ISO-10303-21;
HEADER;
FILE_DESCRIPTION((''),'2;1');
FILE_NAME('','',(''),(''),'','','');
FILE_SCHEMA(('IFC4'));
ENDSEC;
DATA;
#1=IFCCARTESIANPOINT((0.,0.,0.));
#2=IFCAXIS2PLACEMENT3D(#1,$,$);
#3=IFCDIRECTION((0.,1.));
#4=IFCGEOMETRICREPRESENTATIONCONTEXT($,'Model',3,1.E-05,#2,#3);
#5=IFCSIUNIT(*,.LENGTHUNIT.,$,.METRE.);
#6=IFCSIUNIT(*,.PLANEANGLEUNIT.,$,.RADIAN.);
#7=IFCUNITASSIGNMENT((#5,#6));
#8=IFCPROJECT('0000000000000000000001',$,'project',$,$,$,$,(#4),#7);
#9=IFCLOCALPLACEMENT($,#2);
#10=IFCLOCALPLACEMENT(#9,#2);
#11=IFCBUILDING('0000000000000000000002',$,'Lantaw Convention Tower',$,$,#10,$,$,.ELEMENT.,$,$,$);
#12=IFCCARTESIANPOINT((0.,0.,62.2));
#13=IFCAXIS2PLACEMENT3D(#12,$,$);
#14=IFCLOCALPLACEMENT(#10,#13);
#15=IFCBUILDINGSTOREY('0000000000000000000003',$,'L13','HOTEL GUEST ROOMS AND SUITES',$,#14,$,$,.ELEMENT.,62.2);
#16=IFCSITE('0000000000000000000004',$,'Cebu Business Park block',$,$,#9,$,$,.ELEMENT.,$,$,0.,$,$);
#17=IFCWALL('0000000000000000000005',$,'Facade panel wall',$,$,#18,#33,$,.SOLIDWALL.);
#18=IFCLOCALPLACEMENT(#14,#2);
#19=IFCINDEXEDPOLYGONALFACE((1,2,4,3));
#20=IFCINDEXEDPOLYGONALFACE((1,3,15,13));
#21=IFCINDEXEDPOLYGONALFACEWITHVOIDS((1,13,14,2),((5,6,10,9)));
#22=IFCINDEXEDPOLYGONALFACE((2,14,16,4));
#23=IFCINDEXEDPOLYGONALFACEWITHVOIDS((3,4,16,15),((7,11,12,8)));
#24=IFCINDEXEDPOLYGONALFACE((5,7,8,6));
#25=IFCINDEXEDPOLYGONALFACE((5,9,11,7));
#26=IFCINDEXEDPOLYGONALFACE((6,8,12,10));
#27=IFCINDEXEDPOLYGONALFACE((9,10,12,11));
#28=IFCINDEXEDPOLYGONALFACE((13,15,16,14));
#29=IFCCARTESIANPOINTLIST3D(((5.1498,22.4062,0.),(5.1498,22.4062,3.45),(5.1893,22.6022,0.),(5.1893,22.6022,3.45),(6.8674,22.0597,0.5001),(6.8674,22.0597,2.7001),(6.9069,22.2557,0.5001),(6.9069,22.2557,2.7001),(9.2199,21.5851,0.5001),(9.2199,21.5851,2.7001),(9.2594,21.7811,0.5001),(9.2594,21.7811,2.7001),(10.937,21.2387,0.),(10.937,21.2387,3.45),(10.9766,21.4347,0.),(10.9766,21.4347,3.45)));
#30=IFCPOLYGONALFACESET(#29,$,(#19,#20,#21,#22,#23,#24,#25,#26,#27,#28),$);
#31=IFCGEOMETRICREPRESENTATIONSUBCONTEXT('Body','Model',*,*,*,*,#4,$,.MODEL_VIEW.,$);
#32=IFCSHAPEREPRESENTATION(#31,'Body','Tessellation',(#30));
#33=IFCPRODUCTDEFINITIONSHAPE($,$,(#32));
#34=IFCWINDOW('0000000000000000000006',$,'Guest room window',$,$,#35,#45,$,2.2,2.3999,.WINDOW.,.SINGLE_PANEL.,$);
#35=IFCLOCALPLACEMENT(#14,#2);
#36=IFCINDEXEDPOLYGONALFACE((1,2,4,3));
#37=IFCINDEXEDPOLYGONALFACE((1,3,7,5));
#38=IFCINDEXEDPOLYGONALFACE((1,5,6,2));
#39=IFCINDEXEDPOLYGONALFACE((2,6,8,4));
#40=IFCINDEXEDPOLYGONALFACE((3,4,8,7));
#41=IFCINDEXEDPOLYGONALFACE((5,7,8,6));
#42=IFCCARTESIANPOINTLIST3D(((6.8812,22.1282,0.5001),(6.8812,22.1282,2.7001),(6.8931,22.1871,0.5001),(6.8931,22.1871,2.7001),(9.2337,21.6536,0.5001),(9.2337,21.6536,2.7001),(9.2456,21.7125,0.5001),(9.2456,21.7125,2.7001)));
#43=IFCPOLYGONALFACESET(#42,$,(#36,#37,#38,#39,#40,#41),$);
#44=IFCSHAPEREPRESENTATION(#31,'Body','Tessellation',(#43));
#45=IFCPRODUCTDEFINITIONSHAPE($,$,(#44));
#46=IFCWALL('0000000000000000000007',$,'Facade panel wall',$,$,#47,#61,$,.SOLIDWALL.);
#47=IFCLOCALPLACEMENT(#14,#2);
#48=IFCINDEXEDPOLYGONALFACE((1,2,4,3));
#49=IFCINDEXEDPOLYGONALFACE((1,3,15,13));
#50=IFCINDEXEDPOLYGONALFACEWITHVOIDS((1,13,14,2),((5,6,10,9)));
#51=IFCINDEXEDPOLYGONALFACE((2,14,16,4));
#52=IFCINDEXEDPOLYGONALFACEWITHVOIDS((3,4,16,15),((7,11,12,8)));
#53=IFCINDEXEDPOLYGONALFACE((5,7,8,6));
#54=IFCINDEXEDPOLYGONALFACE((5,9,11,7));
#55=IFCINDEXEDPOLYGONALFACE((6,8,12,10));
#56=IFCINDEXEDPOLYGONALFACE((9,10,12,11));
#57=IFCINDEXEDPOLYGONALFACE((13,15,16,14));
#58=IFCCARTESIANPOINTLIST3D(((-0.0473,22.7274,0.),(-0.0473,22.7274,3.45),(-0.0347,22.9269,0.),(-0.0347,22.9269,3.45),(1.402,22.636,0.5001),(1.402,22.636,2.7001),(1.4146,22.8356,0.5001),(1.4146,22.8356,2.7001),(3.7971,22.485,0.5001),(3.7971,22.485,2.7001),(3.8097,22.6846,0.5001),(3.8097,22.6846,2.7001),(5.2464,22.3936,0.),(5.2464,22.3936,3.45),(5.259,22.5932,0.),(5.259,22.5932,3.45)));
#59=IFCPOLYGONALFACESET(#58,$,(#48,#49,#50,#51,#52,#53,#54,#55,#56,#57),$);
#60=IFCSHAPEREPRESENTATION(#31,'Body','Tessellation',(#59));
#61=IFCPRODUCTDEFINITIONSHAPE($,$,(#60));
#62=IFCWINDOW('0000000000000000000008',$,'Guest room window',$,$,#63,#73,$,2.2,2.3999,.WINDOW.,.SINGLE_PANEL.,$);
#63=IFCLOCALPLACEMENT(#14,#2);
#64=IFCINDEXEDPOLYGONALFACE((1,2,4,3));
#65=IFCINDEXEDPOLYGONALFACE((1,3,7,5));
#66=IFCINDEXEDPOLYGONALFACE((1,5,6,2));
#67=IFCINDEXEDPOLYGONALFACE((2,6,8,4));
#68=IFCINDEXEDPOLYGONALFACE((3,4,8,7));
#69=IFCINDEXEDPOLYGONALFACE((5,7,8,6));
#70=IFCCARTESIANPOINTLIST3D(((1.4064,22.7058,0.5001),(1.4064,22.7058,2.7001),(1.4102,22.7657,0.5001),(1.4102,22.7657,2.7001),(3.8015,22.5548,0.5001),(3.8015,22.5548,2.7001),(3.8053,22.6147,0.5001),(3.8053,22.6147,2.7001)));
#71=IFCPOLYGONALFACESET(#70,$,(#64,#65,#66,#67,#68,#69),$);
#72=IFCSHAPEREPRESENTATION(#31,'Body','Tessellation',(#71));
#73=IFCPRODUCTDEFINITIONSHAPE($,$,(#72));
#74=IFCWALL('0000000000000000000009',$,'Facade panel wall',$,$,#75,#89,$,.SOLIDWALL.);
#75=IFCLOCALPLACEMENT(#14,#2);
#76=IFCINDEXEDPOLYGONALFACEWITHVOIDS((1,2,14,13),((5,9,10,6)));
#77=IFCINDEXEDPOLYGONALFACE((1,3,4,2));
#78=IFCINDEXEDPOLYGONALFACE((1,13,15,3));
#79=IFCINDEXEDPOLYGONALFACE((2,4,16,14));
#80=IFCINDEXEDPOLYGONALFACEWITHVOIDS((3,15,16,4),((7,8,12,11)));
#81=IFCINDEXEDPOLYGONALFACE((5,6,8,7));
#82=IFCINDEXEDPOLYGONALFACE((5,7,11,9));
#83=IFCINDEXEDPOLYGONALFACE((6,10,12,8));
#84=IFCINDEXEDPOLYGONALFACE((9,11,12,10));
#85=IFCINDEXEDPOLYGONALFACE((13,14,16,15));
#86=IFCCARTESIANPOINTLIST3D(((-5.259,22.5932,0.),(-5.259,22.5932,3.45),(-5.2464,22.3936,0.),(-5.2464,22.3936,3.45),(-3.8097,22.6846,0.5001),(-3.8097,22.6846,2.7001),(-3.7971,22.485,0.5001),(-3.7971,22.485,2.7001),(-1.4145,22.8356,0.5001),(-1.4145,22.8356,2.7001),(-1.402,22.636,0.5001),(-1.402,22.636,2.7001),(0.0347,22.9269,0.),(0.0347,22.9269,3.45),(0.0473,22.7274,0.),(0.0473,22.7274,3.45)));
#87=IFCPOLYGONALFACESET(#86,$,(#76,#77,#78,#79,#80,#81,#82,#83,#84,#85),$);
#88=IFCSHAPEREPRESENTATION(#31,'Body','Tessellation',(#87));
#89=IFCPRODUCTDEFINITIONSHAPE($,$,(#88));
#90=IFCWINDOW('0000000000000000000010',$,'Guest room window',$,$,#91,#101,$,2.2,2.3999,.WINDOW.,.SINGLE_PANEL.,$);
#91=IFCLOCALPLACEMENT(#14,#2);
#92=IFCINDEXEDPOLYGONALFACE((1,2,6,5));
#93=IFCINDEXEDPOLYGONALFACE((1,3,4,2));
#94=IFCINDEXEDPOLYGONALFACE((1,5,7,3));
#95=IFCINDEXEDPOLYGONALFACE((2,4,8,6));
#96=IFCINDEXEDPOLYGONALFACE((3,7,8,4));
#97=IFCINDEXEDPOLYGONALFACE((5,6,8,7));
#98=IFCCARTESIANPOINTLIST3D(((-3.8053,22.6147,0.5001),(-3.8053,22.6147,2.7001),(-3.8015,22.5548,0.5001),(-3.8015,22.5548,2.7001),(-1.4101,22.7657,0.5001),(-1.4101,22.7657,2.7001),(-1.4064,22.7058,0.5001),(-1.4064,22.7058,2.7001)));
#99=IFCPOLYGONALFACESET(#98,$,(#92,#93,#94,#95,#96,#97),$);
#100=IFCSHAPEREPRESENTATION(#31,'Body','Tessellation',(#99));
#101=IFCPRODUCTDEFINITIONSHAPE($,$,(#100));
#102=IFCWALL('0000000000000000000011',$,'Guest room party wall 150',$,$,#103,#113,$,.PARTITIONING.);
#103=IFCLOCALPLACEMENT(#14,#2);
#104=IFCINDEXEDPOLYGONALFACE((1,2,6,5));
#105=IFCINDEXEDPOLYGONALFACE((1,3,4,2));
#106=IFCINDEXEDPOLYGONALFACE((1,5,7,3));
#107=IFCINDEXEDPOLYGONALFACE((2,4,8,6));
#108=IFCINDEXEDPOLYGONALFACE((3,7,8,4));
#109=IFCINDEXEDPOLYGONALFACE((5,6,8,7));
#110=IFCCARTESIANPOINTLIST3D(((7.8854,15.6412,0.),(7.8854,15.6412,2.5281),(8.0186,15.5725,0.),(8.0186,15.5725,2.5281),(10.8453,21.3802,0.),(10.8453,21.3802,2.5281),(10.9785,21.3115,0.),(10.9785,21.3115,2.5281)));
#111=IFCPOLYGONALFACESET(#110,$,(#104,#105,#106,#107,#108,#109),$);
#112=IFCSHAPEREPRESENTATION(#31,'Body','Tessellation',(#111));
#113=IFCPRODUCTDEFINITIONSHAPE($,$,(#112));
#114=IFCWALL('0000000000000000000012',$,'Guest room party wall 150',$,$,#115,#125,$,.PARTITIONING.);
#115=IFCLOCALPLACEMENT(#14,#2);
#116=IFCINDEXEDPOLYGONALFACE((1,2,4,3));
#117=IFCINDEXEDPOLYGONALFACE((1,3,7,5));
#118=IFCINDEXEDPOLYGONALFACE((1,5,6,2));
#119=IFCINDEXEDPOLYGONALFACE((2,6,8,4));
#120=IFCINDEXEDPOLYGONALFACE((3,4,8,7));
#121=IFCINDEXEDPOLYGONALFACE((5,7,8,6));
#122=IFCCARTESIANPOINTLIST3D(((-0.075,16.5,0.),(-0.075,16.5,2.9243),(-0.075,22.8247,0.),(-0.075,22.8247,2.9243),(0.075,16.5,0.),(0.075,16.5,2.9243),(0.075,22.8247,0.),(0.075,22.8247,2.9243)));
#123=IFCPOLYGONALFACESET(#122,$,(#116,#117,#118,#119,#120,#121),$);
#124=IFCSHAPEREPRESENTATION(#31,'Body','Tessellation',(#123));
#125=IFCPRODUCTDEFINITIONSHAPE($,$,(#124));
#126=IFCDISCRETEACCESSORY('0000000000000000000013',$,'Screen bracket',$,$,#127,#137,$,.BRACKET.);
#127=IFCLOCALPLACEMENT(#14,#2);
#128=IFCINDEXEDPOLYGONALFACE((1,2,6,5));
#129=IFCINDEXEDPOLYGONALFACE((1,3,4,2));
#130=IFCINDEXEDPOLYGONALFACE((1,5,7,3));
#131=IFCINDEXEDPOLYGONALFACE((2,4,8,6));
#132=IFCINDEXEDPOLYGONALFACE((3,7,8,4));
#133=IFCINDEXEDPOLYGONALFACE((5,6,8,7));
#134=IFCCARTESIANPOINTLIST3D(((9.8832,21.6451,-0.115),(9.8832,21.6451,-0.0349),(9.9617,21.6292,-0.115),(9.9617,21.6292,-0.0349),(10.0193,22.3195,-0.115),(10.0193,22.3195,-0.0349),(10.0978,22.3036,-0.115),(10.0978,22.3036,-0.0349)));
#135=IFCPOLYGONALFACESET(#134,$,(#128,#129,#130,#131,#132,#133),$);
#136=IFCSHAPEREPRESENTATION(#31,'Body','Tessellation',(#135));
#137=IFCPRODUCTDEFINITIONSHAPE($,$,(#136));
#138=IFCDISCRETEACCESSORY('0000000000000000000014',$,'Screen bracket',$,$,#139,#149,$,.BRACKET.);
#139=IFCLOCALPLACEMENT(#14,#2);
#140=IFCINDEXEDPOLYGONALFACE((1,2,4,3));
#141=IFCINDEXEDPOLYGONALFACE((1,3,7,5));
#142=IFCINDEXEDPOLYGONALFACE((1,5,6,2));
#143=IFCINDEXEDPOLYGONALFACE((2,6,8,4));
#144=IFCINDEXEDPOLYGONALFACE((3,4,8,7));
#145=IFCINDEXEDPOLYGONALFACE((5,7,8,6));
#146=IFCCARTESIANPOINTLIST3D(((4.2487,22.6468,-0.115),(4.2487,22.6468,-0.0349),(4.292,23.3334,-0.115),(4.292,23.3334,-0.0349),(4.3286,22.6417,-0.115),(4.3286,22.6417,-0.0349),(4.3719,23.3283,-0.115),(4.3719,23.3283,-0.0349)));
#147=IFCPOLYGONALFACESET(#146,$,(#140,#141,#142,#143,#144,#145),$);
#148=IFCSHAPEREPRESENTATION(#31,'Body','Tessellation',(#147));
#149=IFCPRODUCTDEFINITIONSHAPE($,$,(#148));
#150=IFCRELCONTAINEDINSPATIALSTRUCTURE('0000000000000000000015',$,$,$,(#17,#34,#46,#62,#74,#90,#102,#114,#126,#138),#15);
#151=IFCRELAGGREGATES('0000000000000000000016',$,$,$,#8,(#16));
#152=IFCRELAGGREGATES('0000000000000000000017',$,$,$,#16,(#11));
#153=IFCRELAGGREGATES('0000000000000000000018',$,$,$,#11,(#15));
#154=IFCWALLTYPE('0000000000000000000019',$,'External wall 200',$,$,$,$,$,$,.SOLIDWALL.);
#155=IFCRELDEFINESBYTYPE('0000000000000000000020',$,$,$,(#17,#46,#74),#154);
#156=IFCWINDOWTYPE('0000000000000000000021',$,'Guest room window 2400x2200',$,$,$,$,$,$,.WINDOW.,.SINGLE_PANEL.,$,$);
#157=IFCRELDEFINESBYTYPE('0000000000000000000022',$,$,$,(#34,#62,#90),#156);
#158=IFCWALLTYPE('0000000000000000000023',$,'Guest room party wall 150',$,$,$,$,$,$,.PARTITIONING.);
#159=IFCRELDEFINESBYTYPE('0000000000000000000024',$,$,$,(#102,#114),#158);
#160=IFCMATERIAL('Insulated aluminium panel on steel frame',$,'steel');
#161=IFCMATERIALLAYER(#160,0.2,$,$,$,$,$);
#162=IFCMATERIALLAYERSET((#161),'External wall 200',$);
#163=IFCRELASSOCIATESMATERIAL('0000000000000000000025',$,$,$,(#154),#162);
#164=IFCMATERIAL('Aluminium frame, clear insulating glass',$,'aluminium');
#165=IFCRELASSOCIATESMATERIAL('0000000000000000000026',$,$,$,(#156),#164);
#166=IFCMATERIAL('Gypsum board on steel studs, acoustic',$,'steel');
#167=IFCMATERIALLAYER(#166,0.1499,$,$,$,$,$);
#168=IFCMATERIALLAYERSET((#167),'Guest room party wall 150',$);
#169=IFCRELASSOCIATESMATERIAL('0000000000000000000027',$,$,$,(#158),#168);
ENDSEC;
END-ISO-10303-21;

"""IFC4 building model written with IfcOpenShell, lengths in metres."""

from ifc_helpers import new_model, si_unit, direction, frame, frame_2d, origin, origin_2d, place, context, subcontext, project, spatial, rectangle, extrude, material, layer, layer_set, type_object, element, fill, save


model = new_model("IFC4")

# Units and contexts
model_context = context("Model", 3, precision=1e-05, world=origin(), true_north=direction((0.0, 1.0)))
body_context = subcontext(model_context, "Body", "Model", "MODEL_VIEW")
ifc_project = project(units=[si_unit("LENGTHUNIT", "METRE"), si_unit("PLANEANGLEUNIT", "RADIAN")], contexts=[model_context])

# Site, building, storey
site_placement = place(None, origin())
site = spatial("IfcSite", under=ifc_project, at=site_placement, Name="Cebu Business Park block", CompositionType="ELEMENT", RefElevation=0.0)
building_placement = place(site_placement, origin())
building = spatial("IfcBuilding", under=site, at=building_placement, Name="Lantaw Convention Tower", CompositionType="ELEMENT")
storey_placement = place(building_placement, frame((0.0, 0.0, 62.2)))
storey = spatial("IfcBuildingStorey", under=building, at=storey_placement, Name="L13", Description="HOTEL GUEST ROOMS AND SUITES", CompositionType="ELEMENT", Elevation=62.2)

# Walls, openings, windows
ifc_material_1 = material(Name="Insulated aluminium panel on steel frame", Category="steel")
ifc_layer_1 = layer(ifc_material_1, 0.2)
ifc_layer_set_1 = layer_set([ifc_layer_1], Name="External wall 200")
wall_type_1 = type_object("IfcWallType", Name="External wall 200", PredefinedType="SOLIDWALL", material=ifc_layer_set_1)
wall_1_placement = place(storey_placement, frame((10.9568, 21.3367, 0.0), z_axis=(0.0, 0.0, 1.0), x_axis=(-0.980252, 0.197754, 0.0)))
wall_1 = element("IfcWall", 1, at=wall_1_placement, inside=storey, type_object=wall_type_1, Name="Facade panel wall", PredefinedType="SOLIDWALL", context=body_context, shape_type="SweptSolid", body=[
    extrude(rectangle(XDim=5.9038, YDim=0.2, at=frame_2d((2.9519, 0.0))), origin(), (0.0, 0.0, 1.0), 3.45),
])
opening_1_placement = place(wall_1_placement, frame((1.7517, 0.0, 0.5)))
opening_1 = element("IfcOpeningElement", 2, at=opening_1_placement, cuts=wall_1, PredefinedType="OPENING", context=body_context, shape_type="SweptSolid", body=[
    extrude(rectangle(XDim=2.3999, YDim=2.2, at=frame_2d((1.2, 1.1001))), frame((0.0, 0.1099, 0.0), z_axis=(0.0, -1.0, 0.0), x_axis=(1.0, 0.0, 0.0)), (0.0, 0.0, 1.0), 0.22),
])
ifc_material_2 = material(Name="Aluminium frame, clear insulating glass", Category="aluminium")
window_type = type_object("IfcWindowType", Name="Guest room window 2400x2200", PartitioningType="SINGLE_PANEL", PredefinedType="WINDOW", material=ifc_material_2)
window_1_placement = place(opening_1_placement, origin())
window_1 = element("IfcWindow", 3, at=window_1_placement, inside=storey, type_object=window_type, Name="Guest room window", OverallHeight=2.2, OverallWidth=2.3999, PartitioningType="SINGLE_PANEL", PredefinedType="WINDOW", context=body_context, shape_type="SweptSolid", body=[
    extrude(rectangle(XDim=2.3999, YDim=2.2, at=frame_2d((1.2, 1.1001))), frame((0.0, 0.03, 0.0), z_axis=(0.0, -1.0, 0.0), x_axis=(1.0, 0.0, 0.0)), (0.0, 0.0, 1.0), 0.0601),
])
fill(opening_1, window_1)
wall_2_placement = place(storey_placement, frame((5.2527, 22.4934, 0.0), z_axis=(0.0, 0.0, 1.0), x_axis=(-0.998019, 0.06292, 0.0)))
wall_2 = element("IfcWall", 4, at=wall_2_placement, inside=storey, type_object=wall_type_1, Name="Facade panel wall", PredefinedType="SOLIDWALL", context=body_context, shape_type="SweptSolid", body=[
    extrude(rectangle(XDim=5.3042, YDim=0.2, at=frame_2d((2.6521, 0.0))), origin(), (0.0, 0.0, 1.0), 3.45),
])
opening_2_placement = place(wall_2_placement, frame((1.4521, 0.0, 0.5)))
opening_2 = element("IfcOpeningElement", 5, at=opening_2_placement, cuts=wall_2, PredefinedType="OPENING", context=body_context, shape_type="SweptSolid", body=[
    extrude(rectangle(XDim=2.3999, YDim=2.2, at=frame_2d((1.2, 1.1001))), frame((0.0, 0.1099, 0.0), z_axis=(0.0, -1.0, 0.0), x_axis=(1.0, 0.0, 0.0)), (0.0, 0.0, 1.0), 0.22),
])
window_2_placement = place(opening_2_placement, origin())
window_2 = element("IfcWindow", 6, at=window_2_placement, inside=storey, type_object=window_type, Name="Guest room window", OverallHeight=2.2, OverallWidth=2.3999, PartitioningType="SINGLE_PANEL", PredefinedType="WINDOW", context=body_context, shape_type="SweptSolid", body=[
    extrude(rectangle(XDim=2.3999, YDim=2.2, at=frame_2d((1.2, 1.1001))), frame((0.0, 0.03, 0.0), z_axis=(0.0, -1.0, 0.0), x_axis=(1.0, 0.0, 0.0)), (0.0, 0.0, 1.0), 0.0601),
])
fill(opening_2, window_2)
wall_3_placement = place(storey_placement, frame((0.041, 22.8271, 0.0), z_axis=(0.0, 0.0, 1.0), x_axis=(-0.998019, -0.06292, 0.0)))
wall_3 = element("IfcWall", 7, at=wall_3_placement, inside=storey, type_object=wall_type_1, Name="Facade panel wall", PredefinedType="SOLIDWALL", context=body_context, shape_type="SweptSolid", body=[
    extrude(rectangle(XDim=5.3042, YDim=0.2, at=frame_2d((2.6521, 0.0))), origin(), (0.0, 0.0, 1.0), 3.45),
])
opening_3_placement = place(wall_3_placement, frame((1.4521, 0.0, 0.5)))
opening_3 = element("IfcOpeningElement", 8, at=opening_3_placement, cuts=wall_3, PredefinedType="OPENING", context=body_context, shape_type="SweptSolid", body=[
    extrude(rectangle(XDim=2.3999, YDim=2.2, at=frame_2d((1.2, 1.1001))), frame((0.0, 0.1099, 0.0), z_axis=(0.0, -1.0, 0.0), x_axis=(1.0, 0.0, 0.0)), (0.0, 0.0, 1.0), 0.22),
])
window_3_placement = place(opening_3_placement, origin())
window_3 = element("IfcWindow", 9, at=window_3_placement, inside=storey, type_object=window_type, Name="Guest room window", OverallHeight=2.2, OverallWidth=2.3999, PartitioningType="SINGLE_PANEL", PredefinedType="WINDOW", context=body_context, shape_type="SweptSolid", body=[
    extrude(rectangle(XDim=2.3999, YDim=2.2, at=frame_2d((1.2, 1.1001))), frame((0.0, 0.03, 0.0), z_axis=(0.0, -1.0, 0.0), x_axis=(1.0, 0.0, 0.0)), (0.0, 0.0, 1.0), 0.0601),
])
fill(opening_3, window_3)

# Walls
ifc_material_3 = material(Name="Gypsum board on steel studs, acoustic", Category="steel")
ifc_layer_2 = layer(ifc_material_3, 0.1499)
ifc_layer_set_2 = layer_set([ifc_layer_2], Name="Guest room party wall 150")
wall_type_2 = type_object("IfcWallType", Name="Guest room party wall 150", PredefinedType="PARTITIONING", material=ifc_layer_set_2)
wall_4_placement = place(storey_placement, frame((10.9119, 21.3457, 0.0), z_axis=(0.0, 0.0, 1.0), x_axis=(-0.458385, -0.888754, 0.0)))
element("IfcWall", 10, at=wall_4_placement, inside=storey, type_object=wall_type_2, Name="Guest room party wall 150", PredefinedType="PARTITIONING", context=body_context, shape_type="SweptSolid", body=[
    extrude(rectangle(XDim=6.4573, YDim=0.1499, at=frame_2d((3.2285, 0.0))), origin(), (0.0, 0.0, 1.0), 2.5281),
])
wall_5_placement = place(storey_placement, frame((0.0, 22.8247, 0.0), z_axis=(0.0, 0.0, 1.0), x_axis=(0.0, -1.0, 0.0)))
element("IfcWall", 11, at=wall_5_placement, inside=storey, type_object=wall_type_2, Name="Guest room party wall 150", PredefinedType="PARTITIONING", context=body_context, shape_type="SweptSolid", body=[
    extrude(rectangle(XDim=6.3247, YDim=0.1499, at=frame_2d((3.1624, 0.0))), origin(), (0.0, 0.0, 1.0), 2.9243),
])

# Discrete accessories
for number, where, z_axis, x_axis, name in (
    (12, (9.9905, 21.9744, -0.115), (0.0, 0.0, 1.0), (-0.980245, 0.197789, 0.0), "Screen bracket"),
    (13, (4.3103, 22.9875, -0.115), (0.0, 0.0, 1.0), (-0.998016, 0.062958, 0.0), "Screen bracket"),
):
    element("IfcDiscreteAccessory", number, at=place(storey_placement, frame(where, z_axis=z_axis, x_axis=x_axis)), inside=storey, Name=name, PredefinedType="BRACKET", context=body_context, shape_type="SweptSolid", body=[
        extrude(rectangle(XDim=0.0801, YDim=0.688, at=origin_2d()), origin(), (0.0, 0.0, 1.0), 0.0801),
    ])

save(model, "model.ifc")
